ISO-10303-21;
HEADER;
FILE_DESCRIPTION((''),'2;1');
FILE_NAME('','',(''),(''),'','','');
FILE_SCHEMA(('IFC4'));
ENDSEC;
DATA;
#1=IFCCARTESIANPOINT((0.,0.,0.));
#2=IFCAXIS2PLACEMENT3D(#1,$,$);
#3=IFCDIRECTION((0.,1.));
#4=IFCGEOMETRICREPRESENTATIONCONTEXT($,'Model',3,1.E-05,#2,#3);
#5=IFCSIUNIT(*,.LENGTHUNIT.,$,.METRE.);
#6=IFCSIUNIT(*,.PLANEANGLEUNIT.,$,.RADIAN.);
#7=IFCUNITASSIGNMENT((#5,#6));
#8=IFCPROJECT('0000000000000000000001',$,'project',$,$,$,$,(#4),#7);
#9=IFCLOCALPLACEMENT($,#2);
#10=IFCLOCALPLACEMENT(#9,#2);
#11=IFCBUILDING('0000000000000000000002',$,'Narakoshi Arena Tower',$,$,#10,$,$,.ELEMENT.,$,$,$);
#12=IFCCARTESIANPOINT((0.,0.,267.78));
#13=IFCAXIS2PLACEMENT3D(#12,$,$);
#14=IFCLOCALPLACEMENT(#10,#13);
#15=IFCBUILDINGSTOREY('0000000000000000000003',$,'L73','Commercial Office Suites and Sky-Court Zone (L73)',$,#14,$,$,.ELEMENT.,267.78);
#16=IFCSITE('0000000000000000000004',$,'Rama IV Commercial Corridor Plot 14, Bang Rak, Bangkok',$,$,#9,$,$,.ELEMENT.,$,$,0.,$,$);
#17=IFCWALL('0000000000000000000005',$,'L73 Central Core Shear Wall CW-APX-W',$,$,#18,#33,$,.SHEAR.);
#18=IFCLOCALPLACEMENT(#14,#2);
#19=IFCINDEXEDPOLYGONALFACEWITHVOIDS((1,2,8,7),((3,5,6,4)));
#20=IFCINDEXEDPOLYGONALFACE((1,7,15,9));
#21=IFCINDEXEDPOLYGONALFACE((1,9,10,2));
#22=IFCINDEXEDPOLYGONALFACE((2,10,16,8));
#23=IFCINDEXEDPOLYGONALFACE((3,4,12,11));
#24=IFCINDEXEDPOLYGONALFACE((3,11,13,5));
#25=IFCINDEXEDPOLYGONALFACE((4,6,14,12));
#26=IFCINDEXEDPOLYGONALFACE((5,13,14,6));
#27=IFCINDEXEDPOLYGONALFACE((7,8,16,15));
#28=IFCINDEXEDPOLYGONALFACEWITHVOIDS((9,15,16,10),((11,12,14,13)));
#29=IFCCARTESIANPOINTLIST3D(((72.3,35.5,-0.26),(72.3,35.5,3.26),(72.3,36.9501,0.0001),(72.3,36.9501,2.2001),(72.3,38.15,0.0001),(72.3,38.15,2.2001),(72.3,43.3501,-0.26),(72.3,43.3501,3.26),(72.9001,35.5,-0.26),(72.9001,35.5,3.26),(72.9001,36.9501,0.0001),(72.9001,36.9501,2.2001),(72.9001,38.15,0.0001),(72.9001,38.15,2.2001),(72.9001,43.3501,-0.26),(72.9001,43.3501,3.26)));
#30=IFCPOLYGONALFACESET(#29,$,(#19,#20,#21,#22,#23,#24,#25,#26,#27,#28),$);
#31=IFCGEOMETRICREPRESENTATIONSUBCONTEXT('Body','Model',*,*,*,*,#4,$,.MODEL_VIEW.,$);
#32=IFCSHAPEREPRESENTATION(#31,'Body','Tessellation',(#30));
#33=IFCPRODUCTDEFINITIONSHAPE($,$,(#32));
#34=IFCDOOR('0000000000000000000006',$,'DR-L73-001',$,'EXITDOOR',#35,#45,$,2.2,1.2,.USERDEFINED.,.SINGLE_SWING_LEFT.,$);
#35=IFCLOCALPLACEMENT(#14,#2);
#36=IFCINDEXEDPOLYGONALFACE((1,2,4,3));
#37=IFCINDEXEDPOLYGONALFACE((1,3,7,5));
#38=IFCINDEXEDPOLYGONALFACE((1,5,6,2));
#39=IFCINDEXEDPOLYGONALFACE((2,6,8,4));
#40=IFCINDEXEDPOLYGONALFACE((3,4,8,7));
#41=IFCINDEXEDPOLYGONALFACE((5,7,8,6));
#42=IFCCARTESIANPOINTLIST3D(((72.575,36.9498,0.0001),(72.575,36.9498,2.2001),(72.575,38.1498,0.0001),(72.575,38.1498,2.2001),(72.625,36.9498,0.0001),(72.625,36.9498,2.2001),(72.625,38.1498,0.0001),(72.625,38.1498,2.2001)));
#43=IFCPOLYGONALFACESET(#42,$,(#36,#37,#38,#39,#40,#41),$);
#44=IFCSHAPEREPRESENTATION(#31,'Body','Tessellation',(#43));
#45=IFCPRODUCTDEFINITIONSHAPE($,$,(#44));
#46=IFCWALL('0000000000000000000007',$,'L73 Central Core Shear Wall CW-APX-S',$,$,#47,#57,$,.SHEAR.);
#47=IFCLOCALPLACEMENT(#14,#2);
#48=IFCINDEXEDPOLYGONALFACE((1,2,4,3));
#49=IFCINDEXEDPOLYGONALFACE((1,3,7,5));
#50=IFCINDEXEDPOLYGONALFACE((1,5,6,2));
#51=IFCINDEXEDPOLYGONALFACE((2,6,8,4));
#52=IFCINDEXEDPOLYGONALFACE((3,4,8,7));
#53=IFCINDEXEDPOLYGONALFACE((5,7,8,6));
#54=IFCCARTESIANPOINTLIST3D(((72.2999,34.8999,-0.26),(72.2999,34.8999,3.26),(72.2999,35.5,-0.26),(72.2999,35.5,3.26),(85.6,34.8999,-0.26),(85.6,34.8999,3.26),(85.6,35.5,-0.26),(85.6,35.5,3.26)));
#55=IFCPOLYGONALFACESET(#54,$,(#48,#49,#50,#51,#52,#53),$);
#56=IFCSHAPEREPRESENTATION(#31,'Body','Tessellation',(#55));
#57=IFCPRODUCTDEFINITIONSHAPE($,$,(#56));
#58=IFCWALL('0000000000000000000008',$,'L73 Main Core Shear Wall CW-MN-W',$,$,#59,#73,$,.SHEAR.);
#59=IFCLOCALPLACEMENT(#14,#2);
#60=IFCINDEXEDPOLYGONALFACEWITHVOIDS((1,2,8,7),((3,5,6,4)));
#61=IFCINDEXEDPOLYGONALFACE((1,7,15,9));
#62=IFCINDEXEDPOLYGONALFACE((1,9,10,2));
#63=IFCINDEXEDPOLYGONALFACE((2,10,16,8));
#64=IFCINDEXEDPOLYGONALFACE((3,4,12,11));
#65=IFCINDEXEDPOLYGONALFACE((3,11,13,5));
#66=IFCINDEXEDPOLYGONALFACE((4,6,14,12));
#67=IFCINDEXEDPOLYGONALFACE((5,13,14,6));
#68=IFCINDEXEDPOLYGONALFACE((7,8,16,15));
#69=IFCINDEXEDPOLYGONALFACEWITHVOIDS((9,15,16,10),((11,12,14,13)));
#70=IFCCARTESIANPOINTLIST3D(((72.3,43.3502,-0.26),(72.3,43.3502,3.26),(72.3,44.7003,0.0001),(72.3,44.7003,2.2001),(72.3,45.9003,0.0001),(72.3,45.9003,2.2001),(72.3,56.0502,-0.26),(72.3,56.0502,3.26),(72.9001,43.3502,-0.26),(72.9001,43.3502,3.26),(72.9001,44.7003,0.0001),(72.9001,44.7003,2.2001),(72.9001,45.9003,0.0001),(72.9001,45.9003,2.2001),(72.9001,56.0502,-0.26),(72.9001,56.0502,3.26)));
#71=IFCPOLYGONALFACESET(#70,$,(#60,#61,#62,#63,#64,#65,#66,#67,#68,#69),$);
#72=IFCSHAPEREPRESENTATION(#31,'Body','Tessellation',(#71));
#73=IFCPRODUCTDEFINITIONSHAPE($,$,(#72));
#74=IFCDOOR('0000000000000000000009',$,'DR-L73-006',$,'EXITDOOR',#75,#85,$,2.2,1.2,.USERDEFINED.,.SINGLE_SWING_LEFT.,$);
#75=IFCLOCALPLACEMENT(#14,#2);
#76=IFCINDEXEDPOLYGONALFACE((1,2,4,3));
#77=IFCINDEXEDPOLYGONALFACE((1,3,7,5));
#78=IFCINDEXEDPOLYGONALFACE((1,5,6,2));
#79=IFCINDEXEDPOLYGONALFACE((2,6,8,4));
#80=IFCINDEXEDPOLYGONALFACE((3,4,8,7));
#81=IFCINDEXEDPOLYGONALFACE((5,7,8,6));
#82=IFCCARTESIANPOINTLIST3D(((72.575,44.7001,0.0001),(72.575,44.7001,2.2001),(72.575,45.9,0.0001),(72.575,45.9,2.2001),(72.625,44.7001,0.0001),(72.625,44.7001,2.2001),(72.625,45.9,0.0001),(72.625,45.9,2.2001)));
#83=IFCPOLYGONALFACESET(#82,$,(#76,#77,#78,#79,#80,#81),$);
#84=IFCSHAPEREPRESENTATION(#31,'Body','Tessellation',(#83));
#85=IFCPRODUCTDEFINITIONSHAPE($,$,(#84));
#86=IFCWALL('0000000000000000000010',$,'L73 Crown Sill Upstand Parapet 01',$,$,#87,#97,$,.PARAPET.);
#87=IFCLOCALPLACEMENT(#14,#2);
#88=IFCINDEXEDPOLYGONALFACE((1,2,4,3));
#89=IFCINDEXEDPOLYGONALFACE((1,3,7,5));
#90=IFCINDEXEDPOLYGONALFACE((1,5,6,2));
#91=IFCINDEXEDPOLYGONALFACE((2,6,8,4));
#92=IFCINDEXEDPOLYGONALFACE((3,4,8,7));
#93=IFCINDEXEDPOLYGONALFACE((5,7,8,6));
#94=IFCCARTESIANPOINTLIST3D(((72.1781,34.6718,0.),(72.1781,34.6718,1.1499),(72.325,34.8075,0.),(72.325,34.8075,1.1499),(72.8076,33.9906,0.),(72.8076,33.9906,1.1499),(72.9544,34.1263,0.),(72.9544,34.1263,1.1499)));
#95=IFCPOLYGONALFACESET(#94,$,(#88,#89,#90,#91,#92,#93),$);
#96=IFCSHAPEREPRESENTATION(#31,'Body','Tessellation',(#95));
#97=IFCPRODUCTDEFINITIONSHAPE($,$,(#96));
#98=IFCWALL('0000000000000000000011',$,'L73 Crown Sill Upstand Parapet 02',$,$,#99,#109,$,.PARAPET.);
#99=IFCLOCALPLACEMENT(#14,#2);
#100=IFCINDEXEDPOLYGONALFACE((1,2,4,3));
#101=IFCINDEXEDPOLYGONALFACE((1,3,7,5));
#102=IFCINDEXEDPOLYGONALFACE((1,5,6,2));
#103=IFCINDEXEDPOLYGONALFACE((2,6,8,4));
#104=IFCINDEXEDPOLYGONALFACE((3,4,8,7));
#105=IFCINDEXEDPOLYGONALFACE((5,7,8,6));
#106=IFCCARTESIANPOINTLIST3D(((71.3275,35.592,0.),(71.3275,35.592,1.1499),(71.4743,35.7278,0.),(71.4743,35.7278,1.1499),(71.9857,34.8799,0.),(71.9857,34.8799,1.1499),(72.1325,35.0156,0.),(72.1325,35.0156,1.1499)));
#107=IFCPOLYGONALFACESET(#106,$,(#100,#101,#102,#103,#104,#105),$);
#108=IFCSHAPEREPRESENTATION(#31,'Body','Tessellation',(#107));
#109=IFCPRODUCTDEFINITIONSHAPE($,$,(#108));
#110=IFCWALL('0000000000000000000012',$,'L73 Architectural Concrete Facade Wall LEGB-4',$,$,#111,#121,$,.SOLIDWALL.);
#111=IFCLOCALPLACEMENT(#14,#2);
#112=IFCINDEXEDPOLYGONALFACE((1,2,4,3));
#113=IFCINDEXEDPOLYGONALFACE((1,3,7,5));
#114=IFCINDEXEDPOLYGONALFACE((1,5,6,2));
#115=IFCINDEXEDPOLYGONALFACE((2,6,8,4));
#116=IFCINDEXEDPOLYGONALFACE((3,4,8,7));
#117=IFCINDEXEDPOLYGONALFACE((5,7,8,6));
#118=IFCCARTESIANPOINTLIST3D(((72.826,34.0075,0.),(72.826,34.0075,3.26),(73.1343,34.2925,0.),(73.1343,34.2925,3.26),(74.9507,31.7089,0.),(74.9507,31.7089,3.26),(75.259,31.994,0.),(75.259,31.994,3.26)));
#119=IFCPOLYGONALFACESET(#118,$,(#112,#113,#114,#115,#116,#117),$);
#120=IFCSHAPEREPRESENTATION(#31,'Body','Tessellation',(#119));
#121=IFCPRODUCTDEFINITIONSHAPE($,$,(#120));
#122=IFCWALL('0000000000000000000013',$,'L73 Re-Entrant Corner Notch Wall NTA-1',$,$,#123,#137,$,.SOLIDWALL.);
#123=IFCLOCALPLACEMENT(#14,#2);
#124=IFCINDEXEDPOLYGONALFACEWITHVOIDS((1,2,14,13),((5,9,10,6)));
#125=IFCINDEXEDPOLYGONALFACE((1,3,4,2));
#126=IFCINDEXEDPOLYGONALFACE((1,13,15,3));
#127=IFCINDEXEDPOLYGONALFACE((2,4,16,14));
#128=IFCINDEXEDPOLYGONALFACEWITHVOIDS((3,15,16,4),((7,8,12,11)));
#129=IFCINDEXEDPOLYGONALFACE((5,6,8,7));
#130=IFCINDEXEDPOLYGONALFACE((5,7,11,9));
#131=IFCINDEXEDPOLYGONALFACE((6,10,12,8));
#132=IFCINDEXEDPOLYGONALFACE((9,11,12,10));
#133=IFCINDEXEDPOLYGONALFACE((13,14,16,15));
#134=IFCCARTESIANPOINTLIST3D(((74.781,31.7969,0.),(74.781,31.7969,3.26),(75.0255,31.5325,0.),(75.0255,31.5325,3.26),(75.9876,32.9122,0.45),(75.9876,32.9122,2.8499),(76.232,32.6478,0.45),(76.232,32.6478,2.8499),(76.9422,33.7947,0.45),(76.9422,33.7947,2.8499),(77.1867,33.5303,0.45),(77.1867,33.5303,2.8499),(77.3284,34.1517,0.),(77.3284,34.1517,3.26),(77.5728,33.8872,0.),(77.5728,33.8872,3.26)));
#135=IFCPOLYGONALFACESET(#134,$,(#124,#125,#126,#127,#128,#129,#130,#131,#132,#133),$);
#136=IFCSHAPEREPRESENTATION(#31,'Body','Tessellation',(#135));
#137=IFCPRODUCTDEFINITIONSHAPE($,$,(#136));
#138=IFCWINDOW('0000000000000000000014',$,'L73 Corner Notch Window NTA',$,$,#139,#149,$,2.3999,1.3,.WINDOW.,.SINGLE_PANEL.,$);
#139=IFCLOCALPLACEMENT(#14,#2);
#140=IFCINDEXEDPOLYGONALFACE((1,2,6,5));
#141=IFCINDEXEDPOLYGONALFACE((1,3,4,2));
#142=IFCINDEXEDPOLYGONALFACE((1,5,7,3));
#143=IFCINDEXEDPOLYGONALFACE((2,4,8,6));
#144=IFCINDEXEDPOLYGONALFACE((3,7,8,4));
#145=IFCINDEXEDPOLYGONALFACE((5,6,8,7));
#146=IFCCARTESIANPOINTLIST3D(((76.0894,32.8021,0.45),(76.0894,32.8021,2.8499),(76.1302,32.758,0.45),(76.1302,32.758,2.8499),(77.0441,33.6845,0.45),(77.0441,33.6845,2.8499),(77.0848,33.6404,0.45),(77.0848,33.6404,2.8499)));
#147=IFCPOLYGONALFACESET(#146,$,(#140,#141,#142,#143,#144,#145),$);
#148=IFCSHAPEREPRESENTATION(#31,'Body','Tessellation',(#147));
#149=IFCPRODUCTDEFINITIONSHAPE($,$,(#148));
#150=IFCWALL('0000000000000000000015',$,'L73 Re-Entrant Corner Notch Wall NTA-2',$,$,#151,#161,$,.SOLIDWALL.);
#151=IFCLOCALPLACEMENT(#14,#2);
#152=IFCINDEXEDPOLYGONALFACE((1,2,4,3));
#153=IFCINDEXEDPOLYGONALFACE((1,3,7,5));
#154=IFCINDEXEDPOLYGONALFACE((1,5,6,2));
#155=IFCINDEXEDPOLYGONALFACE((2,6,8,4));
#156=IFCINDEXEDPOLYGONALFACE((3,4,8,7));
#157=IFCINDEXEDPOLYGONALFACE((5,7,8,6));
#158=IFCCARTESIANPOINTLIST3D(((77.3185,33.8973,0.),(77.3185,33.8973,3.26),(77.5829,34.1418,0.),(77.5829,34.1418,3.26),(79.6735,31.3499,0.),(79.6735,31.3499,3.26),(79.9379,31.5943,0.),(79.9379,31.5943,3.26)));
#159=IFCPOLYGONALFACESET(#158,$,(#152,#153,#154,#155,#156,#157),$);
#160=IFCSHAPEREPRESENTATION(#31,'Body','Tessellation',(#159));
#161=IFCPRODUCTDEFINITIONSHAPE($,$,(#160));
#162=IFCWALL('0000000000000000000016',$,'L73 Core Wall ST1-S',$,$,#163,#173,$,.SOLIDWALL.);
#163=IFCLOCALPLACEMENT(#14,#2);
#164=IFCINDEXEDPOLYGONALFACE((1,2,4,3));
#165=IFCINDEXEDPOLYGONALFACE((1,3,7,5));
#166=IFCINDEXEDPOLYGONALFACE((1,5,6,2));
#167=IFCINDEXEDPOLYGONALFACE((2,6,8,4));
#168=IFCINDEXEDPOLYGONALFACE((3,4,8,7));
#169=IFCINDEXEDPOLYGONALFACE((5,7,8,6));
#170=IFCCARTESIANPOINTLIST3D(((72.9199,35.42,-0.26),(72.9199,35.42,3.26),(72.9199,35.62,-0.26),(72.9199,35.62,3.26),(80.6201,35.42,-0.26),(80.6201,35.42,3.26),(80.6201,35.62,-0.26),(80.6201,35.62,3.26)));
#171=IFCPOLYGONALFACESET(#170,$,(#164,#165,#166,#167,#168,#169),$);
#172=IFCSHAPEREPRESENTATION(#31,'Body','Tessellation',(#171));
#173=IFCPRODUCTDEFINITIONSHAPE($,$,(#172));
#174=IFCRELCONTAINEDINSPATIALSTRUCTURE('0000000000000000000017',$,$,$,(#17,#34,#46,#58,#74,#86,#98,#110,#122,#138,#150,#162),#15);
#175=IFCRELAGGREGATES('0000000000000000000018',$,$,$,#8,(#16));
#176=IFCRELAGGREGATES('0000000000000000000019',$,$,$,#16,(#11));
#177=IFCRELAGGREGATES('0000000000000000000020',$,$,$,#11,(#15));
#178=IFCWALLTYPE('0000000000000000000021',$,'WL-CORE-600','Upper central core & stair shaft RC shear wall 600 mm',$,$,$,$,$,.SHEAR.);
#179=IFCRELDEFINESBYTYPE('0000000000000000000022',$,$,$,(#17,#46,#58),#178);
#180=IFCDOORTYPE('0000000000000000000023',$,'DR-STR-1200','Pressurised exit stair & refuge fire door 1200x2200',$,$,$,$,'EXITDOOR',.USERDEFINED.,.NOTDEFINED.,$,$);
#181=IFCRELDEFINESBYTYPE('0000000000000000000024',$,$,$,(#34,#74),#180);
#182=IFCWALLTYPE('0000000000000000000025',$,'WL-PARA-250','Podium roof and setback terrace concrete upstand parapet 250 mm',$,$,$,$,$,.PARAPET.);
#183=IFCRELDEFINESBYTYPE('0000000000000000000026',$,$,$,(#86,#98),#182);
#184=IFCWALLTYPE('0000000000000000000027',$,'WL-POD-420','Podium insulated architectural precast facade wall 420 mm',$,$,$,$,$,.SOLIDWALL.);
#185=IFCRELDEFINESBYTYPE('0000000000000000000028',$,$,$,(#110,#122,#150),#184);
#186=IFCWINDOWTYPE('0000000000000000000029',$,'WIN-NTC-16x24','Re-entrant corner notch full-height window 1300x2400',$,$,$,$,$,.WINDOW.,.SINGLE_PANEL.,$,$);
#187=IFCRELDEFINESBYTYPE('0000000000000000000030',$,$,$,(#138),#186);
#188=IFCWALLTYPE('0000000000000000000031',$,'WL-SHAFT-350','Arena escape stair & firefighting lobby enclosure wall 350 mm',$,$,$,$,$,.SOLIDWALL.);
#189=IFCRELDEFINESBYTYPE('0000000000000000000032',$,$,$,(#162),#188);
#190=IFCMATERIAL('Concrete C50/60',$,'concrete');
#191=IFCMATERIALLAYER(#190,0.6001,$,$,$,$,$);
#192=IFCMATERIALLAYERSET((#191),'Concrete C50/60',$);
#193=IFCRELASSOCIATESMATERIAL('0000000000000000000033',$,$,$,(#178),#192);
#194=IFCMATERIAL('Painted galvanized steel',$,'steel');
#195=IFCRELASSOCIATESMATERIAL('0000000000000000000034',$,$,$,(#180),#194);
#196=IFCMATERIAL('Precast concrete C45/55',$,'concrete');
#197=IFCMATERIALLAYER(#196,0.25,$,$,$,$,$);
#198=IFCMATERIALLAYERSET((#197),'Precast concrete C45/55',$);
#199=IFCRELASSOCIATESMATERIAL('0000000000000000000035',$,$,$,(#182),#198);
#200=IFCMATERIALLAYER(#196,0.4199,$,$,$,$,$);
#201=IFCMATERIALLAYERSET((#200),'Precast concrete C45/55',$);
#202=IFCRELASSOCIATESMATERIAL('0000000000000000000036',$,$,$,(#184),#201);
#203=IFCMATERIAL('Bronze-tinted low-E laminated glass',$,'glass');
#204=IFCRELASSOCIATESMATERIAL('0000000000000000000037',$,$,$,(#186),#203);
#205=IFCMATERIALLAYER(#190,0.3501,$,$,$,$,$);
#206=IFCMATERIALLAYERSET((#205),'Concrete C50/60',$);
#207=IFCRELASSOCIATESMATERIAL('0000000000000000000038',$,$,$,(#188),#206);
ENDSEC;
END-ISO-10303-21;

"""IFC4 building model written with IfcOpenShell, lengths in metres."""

from ifc_helpers import new_model, si_unit, direction, frame, frame_2d, origin, place, context, subcontext, project, spatial, rectangle, extrude, material, layer, layer_set, type_object, element, fill, save


model = new_model("IFC4")

# Units and contexts
model_context = context("Model", 3, precision=1e-05, world=origin(), true_north=direction((0.0, 1.0)))
body_context = subcontext(model_context, "Body", "Model", "MODEL_VIEW")
ifc_project = project(units=[si_unit("LENGTHUNIT", "METRE"), si_unit("PLANEANGLEUNIT", "RADIAN")], contexts=[model_context])

# Site, building, storey
site_placement = place(None, origin())
site = spatial("IfcSite", under=ifc_project, at=site_placement, Name="Rama IV Commercial Corridor Plot 14, Bang Rak, Bangkok", CompositionType="ELEMENT", RefElevation=0.0)
building_placement = place(site_placement, origin())
building = spatial("IfcBuilding", under=site, at=building_placement, Name="Narakoshi Arena Tower", CompositionType="ELEMENT")
storey_placement = place(building_placement, frame((0.0, 0.0, 267.78)))
storey = spatial("IfcBuildingStorey", under=building, at=storey_placement, Name="L73", Description="Commercial Office Suites and Sky-Court Zone (L73)", CompositionType="ELEMENT", Elevation=267.78)

# Wall, opening, door
ifc_material_1 = material(Name="Concrete C50/60", Category="concrete")
ifc_layer_1 = layer(ifc_material_1, 0.6001)
ifc_layer_set_1 = layer_set([ifc_layer_1], Name="Concrete C50/60")
wall_type_1 = type_object("IfcWallType", Name="WL-CORE-600", Description="Upper central core & stair shaft RC shear wall 600 mm", PredefinedType="SHEAR", material=ifc_layer_set_1)
wall_1_placement = place(storey_placement, frame((72.6001, 35.5, -0.26), z_axis=(0.0, 0.0, 1.0), x_axis=(0.0, 1.0, 0.0)))
wall_1 = element("IfcWall", 1, at=wall_1_placement, inside=storey, type_object=wall_type_1, Name="L73 Central Core Shear Wall CW-APX-W", PredefinedType="SHEAR", context=body_context, shape_type="SweptSolid", body=[
    extrude(rectangle(XDim=7.8501, YDim=0.6001, at=frame_2d((3.925, 0.0))), origin(), (0.0, 0.0, 1.0), 3.52),
])
opening_1_placement = place(wall_1_placement, frame((1.45, 0.0, 0.26)))
opening_1 = element("IfcOpeningElement", 2, at=opening_1_placement, cuts=wall_1, PredefinedType="OPENING", context=body_context, shape_type="SweptSolid", body=[
    extrude(rectangle(XDim=1.2, YDim=2.2, at=frame_2d((0.6001, 1.1001))), frame((0.0, 0.3101, 0.0), z_axis=(0.0, -1.0, 0.0), x_axis=(1.0, 0.0, 0.0)), (0.0, 0.0, 1.0), 0.6201),
])
ifc_material_2 = material(Name="Painted galvanized steel", Category="steel")
door_type = type_object("IfcDoorType", Name="DR-STR-1200", Description="Pressurised exit stair & refuge fire door 1200x2200", ElementType="EXITDOOR", OperationType="NOTDEFINED", PredefinedType="USERDEFINED", material=ifc_material_2)
door_1_placement = place(opening_1_placement, frame((1.2, 0.0, 0.0), z_axis=(0.0, 0.0, 1.0), x_axis=(-1.0, 0.0, 0.0)))
door_1 = element("IfcDoor", 3, at=door_1_placement, inside=storey, type_object=door_type, Name="DR-L73-001", ObjectType="EXITDOOR", OperationType="SINGLE_SWING_LEFT", OverallHeight=2.2, OverallWidth=1.2, PredefinedType="USERDEFINED", context=body_context, shape_type="SweptSolid", body=[
    extrude(rectangle(XDim=1.2, YDim=2.2, at=frame_2d((0.6001, 1.1001))), frame((0.0, 0.0249, 0.0), z_axis=(0.0, -1.0, 0.0), x_axis=(1.0, 0.0, 0.0)), (0.0, 0.0, 1.0), 0.05),
])
fill(opening_1, door_1)

# Wall
wall_2_placement = place(storey_placement, frame((72.3, 35.2, -0.26), z_axis=(0.0, 0.0, 1.0), x_axis=(1.0, 0.0, 0.0)))
element("IfcWall", 4, at=wall_2_placement, inside=storey, type_object=wall_type_1, Name="L73 Central Core Shear Wall CW-APX-S", PredefinedType="SHEAR", context=body_context, shape_type="SweptSolid", body=[
    extrude(rectangle(XDim=13.3, YDim=0.6001, at=frame_2d((6.6499, 0.0))), origin(), (0.0, 0.0, 1.0), 3.52),
])

# Wall, opening, door
wall_3_placement = place(storey_placement, frame((72.6001, 43.3501, -0.26), z_axis=(0.0, 0.0, 1.0), x_axis=(0.0, 1.0, 0.0)))
wall_3 = element("IfcWall", 5, at=wall_3_placement, inside=storey, type_object=wall_type_1, Name="L73 Main Core Shear Wall CW-MN-W", PredefinedType="SHEAR", context=body_context, shape_type="SweptSolid", body=[
    extrude(rectangle(XDim=12.7, YDim=0.6001, at=frame_2d((6.3501, 0.0))), origin(), (0.0, 0.0, 1.0), 3.52),
])
opening_2_placement = place(wall_3_placement, frame((1.3501, 0.0, 0.26)))
opening_2 = element("IfcOpeningElement", 6, at=opening_2_placement, cuts=wall_3, PredefinedType="OPENING", context=body_context, shape_type="SweptSolid", body=[
    extrude(rectangle(XDim=1.2, YDim=2.2, at=frame_2d((0.6001, 1.1001))), frame((0.0, 0.3101, 0.0), z_axis=(0.0, -1.0, 0.0), x_axis=(1.0, 0.0, 0.0)), (0.0, 0.0, 1.0), 0.6201),
])
door_2_placement = place(opening_2_placement, frame((1.2, 0.0, 0.0), z_axis=(0.0, 0.0, 1.0), x_axis=(-1.0, 0.0, 0.0)))
door_2 = element("IfcDoor", 7, at=door_2_placement, inside=storey, type_object=door_type, Name="DR-L73-006", ObjectType="EXITDOOR", OperationType="SINGLE_SWING_LEFT", OverallHeight=2.2, OverallWidth=1.2, PredefinedType="USERDEFINED", context=body_context, shape_type="SweptSolid", body=[
    extrude(rectangle(XDim=1.2, YDim=2.2, at=frame_2d((0.6001, 1.1001))), frame((0.0, 0.0249, 0.0), z_axis=(0.0, -1.0, 0.0), x_axis=(1.0, 0.0, 0.0)), (0.0, 0.0, 1.0), 0.05),
])
fill(opening_2, door_2)

# Walls
ifc_material_3 = material(Name="Precast concrete C45/55", Category="concrete")
ifc_layer_2 = layer(ifc_material_3, 0.25)
ifc_layer_set_2 = layer_set([ifc_layer_2], Name="Precast concrete C45/55")
wall_type_2 = type_object("IfcWallType", Name="WL-PARA-250", Description="Podium roof and setback terrace concrete upstand parapet 250 mm", PredefinedType="PARAPET", material=ifc_layer_set_2)
wall_4_placement = place(storey_placement, frame((72.8811, 34.0583, 0.0), z_axis=(0.0, 0.0, 1.0), x_axis=(-0.678652, 0.73446, 0.0)))
element("IfcWall", 8, at=wall_4_placement, inside=storey, type_object=wall_type_2, Name="L73 Crown Sill Upstand Parapet 01", PredefinedType="PARAPET", context=body_context, shape_type="SweptSolid", body=[
    extrude(rectangle(XDim=0.9275, YDim=0.2, at=frame_2d((0.4639, 0.0))), origin(), (0.0, 0.0, 1.0), 1.1499),
])
wall_5_placement = place(storey_placement, frame((72.0591, 34.9478, 0.0), z_axis=(0.0, 0.0, 1.0), x_axis=(-0.67874, 0.734379, 0.0)))
element("IfcWall", 9, at=wall_5_placement, inside=storey, type_object=wall_type_2, Name="L73 Crown Sill Upstand Parapet 02", PredefinedType="PARAPET", context=body_context, shape_type="SweptSolid", body=[
    extrude(rectangle(XDim=0.9697, YDim=0.2, at=frame_2d((0.4849, 0.0))), origin(), (0.0, 0.0, 1.0), 1.1499),
])
ifc_layer_3 = layer(ifc_material_3, 0.4199)
ifc_layer_set_3 = layer_set([ifc_layer_3], Name="Precast concrete C45/55")
wall_type_3 = type_object("IfcWallType", Name="WL-POD-420", Description="Podium insulated architectural precast facade wall 420 mm", PredefinedType="SOLIDWALL", material=ifc_layer_set_3)
wall_6_placement = place(storey_placement, frame((72.9802, 34.1499, 0.0), z_axis=(0.0, 0.0, 1.0), x_axis=(0.678795, -0.734328, 0.0)))
element("IfcWall", 10, at=wall_6_placement, inside=storey, type_object=wall_type_3, Name="L73 Architectural Concrete Facade Wall LEGB-4", PredefinedType="SOLIDWALL", context=body_context, shape_type="SweptSolid", body=[
    extrude(rectangle(XDim=3.1301, YDim=0.4199, at=frame_2d((1.5649, 0.0))), origin(), (0.0, 0.0, 1.0), 3.26),
])

# Wall, opening, window
wall_7_placement = place(storey_placement, frame((74.9033, 31.6648, 0.0), z_axis=(0.0, 0.0, 1.0), x_axis=(0.734326, 0.678797, 0.0)))
wall_7 = element("IfcWall", 11, at=wall_7_placement, inside=storey, type_object=wall_type_3, Name="L73 Re-Entrant Corner Notch Wall NTA-1", PredefinedType="SOLIDWALL", context=body_context, shape_type="SweptSolid", body=[
    extrude(rectangle(XDim=3.469, YDim=0.3601, at=frame_2d((1.7344, 0.0))), origin(), (0.0, 0.0, 1.0), 3.26),
])
opening_3_placement = place(wall_7_placement, frame((1.6431, 0.0, 0.45)))
opening_3 = element("IfcOpeningElement", 12, at=opening_3_placement, cuts=wall_7, PredefinedType="OPENING", context=body_context, shape_type="SweptSolid", body=[
    extrude(rectangle(XDim=1.3, YDim=2.3999, at=frame_2d((0.6499, 1.2))), frame((0.0, 0.1899, 0.0), z_axis=(0.0, -1.0, 0.0), x_axis=(1.0, 0.0, 0.0)), (0.0, 0.0, 1.0), 0.3801),
])
ifc_material_4 = material(Name="Bronze-tinted low-E laminated glass", Category="glass")
window_type = type_object("IfcWindowType", Name="WIN-NTC-16x24", Description="Re-entrant corner notch full-height window 1300x2400", PartitioningType="SINGLE_PANEL", PredefinedType="WINDOW", material=ifc_material_4)
window_placement = place(opening_3_placement, origin())
window = element("IfcWindow", 13, at=window_placement, inside=storey, type_object=window_type, Name="L73 Corner Notch Window NTA", OverallHeight=2.3999, OverallWidth=1.3, PartitioningType="SINGLE_PANEL", PredefinedType="WINDOW", context=body_context, shape_type="SweptSolid", body=[
    extrude(rectangle(XDim=1.3, YDim=2.3999, at=frame_2d((0.6499, 1.2))), frame((0.0, 0.03, 0.0), z_axis=(0.0, -1.0, 0.0), x_axis=(1.0, 0.0, 0.0)), (0.0, 0.0, 1.0), 0.0601),
])
fill(opening_3, window)

# Walls
wall_8_placement = place(storey_placement, frame((77.4507, 34.0195, 0.0), z_axis=(0.0, 0.0, 1.0), x_axis=(0.678835, -0.734291, 0.0)))
element("IfcWall", 14, at=wall_8_placement, inside=storey, type_object=wall_type_3, Name="L73 Re-Entrant Corner Notch Wall NTA-2", PredefinedType="SOLIDWALL", context=body_context, shape_type="SweptSolid", body=[
    extrude(rectangle(XDim=3.4692, YDim=0.3601, at=frame_2d((1.7346, 0.0))), origin(), (0.0, 0.0, 1.0), 3.26),
])
ifc_layer_4 = layer(ifc_material_1, 0.3501)
ifc_layer_set_4 = layer_set([ifc_layer_4], Name="Concrete C50/60")
wall_type_4 = type_object("IfcWallType", Name="WL-SHAFT-350", Description="Arena escape stair & firefighting lobby enclosure wall 350 mm", PredefinedType="SOLIDWALL", material=ifc_layer_set_4)
for number, where, z_axis, x_axis, name in (
    (15, (72.9199, 35.52, -0.26), (0.0, 0.0, 1.0), (1.0, 0.0, 0.0), "L73 Core Wall ST1-S"),
):
    element("IfcWall", number, at=place(storey_placement, frame(where, z_axis=z_axis, x_axis=x_axis)), inside=storey, type_object=wall_type_4, Name=name, PredefinedType="SOLIDWALL", context=body_context, shape_type="SweptSolid", body=[
        extrude(rectangle(XDim=7.7002, YDim=0.2, at=frame_2d((3.8501, 0.0))), origin(), (0.0, 0.0, 1.0), 3.52),
    ])

save(model, "model.ifc")
